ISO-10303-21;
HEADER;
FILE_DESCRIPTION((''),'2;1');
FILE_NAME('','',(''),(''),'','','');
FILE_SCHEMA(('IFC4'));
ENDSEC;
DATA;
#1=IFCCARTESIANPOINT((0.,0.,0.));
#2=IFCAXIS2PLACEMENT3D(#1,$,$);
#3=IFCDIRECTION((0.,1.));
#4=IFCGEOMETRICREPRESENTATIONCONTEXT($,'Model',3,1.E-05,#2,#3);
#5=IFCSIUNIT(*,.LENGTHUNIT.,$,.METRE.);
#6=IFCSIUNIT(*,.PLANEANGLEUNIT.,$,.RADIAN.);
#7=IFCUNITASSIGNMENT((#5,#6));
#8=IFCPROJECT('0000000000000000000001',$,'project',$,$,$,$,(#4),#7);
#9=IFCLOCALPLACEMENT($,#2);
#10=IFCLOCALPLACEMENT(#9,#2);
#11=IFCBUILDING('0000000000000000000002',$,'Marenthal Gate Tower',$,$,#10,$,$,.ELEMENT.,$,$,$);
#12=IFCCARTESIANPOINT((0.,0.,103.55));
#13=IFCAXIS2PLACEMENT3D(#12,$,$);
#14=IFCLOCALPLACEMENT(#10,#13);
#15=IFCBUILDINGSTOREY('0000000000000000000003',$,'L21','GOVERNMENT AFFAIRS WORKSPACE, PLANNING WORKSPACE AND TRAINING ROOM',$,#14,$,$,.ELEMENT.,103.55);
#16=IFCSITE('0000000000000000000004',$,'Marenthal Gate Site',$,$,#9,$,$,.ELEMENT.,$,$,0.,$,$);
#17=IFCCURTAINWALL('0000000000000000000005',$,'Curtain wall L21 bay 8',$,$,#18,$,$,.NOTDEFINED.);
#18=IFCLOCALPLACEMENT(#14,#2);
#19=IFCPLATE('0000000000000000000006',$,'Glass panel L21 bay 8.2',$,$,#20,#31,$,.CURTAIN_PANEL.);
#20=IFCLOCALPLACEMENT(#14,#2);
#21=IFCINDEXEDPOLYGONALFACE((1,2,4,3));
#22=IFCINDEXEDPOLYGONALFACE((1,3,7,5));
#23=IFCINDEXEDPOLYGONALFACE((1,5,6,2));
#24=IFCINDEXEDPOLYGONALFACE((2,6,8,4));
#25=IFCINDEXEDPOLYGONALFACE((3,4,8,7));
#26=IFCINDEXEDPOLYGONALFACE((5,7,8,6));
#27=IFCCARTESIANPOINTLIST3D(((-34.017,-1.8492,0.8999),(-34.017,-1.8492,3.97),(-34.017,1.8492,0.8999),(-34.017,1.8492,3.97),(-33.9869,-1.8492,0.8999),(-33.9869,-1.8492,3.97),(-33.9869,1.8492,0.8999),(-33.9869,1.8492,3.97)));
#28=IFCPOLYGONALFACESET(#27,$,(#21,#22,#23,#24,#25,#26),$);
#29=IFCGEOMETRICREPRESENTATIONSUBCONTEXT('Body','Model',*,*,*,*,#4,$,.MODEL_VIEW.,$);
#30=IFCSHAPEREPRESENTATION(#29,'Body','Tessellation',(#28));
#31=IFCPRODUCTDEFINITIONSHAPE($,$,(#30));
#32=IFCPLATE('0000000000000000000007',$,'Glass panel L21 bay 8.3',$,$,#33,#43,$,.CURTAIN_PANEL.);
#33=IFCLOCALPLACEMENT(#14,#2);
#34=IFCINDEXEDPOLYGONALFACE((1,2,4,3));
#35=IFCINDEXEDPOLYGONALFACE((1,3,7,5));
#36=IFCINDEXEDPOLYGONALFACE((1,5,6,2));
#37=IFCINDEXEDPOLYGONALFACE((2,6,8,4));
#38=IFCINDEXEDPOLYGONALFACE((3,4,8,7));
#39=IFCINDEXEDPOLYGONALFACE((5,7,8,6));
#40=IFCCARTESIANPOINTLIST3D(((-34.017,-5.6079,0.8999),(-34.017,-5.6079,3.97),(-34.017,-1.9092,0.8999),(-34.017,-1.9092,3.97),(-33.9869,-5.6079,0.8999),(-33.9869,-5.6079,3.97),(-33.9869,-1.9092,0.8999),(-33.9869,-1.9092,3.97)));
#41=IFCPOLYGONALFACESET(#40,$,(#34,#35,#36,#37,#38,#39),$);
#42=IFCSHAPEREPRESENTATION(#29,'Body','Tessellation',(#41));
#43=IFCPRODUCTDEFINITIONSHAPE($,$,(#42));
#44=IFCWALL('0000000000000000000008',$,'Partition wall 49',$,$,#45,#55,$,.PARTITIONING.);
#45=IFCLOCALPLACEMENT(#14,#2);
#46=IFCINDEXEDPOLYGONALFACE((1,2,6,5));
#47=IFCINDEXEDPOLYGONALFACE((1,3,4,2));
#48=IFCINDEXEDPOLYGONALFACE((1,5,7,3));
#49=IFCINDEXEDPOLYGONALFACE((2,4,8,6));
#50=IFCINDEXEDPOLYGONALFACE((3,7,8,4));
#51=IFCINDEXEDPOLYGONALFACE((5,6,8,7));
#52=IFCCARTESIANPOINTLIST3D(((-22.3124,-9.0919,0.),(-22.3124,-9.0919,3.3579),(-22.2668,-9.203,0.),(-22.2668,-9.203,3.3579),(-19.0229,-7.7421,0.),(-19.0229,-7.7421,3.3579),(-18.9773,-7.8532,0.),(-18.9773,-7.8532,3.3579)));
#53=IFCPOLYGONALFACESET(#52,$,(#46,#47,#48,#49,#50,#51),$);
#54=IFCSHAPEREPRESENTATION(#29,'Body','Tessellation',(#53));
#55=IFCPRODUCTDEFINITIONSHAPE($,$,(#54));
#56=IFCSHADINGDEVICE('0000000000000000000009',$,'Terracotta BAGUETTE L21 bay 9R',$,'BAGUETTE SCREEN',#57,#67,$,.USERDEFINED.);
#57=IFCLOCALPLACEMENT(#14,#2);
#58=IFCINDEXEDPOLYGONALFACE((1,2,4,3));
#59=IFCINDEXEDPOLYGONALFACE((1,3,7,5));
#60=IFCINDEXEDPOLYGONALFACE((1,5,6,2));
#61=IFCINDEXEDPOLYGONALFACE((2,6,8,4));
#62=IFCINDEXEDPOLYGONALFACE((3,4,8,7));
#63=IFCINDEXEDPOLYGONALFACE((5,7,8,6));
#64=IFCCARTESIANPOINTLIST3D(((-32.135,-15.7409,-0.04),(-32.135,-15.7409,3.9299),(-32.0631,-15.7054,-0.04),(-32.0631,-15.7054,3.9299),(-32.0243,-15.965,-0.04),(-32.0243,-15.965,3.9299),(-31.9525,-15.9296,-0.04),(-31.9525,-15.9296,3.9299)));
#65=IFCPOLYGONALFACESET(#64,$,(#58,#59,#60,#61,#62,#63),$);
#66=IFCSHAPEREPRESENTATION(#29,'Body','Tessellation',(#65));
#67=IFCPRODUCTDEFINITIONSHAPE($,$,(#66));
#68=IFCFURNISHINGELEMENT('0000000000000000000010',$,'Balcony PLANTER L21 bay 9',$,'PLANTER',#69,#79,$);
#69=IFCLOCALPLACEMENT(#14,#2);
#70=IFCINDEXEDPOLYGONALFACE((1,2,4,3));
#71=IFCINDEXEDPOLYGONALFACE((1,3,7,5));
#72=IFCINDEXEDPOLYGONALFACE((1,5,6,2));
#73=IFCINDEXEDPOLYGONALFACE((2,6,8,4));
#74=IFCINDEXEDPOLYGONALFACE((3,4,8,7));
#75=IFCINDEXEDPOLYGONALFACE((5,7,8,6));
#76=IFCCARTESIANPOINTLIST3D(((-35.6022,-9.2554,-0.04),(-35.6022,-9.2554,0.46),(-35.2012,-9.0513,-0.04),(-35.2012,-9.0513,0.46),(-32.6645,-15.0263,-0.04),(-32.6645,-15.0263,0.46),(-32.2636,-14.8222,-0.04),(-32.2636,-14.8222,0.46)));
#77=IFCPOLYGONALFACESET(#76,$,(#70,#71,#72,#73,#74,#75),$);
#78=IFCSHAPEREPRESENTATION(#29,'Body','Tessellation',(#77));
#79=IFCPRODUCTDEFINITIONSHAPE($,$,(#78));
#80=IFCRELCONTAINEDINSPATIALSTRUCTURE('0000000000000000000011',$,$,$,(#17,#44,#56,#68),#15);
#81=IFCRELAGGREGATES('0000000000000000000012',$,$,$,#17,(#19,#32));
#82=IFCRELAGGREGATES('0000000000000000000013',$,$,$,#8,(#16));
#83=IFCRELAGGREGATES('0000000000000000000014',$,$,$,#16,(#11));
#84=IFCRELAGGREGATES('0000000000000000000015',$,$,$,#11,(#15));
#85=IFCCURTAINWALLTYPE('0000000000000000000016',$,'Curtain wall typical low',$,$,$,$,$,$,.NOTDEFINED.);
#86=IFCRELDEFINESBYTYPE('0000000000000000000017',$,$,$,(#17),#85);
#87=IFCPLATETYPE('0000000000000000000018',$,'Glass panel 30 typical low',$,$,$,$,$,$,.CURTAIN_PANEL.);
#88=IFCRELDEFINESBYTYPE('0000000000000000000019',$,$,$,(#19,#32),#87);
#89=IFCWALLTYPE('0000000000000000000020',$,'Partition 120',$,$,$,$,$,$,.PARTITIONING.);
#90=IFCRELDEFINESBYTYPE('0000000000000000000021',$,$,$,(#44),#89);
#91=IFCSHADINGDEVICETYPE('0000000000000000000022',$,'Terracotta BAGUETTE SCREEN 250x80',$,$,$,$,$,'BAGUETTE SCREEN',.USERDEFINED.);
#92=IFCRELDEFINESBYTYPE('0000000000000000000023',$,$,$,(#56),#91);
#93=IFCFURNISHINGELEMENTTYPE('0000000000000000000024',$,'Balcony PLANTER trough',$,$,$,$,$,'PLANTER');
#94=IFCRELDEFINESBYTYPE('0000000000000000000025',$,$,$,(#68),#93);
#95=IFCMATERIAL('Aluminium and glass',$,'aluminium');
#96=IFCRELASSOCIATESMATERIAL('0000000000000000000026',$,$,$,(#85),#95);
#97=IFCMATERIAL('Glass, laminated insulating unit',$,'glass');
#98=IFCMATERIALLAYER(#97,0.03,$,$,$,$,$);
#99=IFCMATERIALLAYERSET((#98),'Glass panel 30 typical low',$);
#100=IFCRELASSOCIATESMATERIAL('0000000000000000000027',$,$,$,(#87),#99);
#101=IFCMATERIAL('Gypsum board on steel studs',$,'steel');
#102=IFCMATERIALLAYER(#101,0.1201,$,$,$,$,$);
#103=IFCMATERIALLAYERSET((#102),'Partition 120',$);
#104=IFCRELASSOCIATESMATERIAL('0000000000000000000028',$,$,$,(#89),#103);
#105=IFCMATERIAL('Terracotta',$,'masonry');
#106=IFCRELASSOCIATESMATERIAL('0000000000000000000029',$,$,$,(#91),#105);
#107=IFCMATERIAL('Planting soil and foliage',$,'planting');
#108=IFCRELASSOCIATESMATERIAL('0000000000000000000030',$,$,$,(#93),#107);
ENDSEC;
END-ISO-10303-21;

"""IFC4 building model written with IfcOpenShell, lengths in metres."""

from ifc_helpers import new_model, si_unit, direction, frame, frame_2d, origin, origin_2d, place, context, subcontext, project, spatial, rectangle, extrude, material, layer, layer_set, material_profile, profile_set, type_object, element, aggregate, save


model = new_model("IFC4")

# Units and contexts
model_context = context("Model", 3, precision=1e-05, world=origin(), true_north=direction((0.0, 1.0)))
body_context = subcontext(model_context, "Body", "Model", "MODEL_VIEW")
ifc_project = project(units=[si_unit("LENGTHUNIT", "METRE"), si_unit("PLANEANGLEUNIT", "RADIAN")], contexts=[model_context])

# Site, building, storey
site_placement = place(None, origin())
site = spatial("IfcSite", under=ifc_project, at=site_placement, Name="Marenthal Gate Site", CompositionType="ELEMENT", RefElevation=0.0)
building_placement = place(site_placement, origin())
building = spatial("IfcBuilding", under=site, at=building_placement, Name="Marenthal Gate Tower", CompositionType="ELEMENT")
storey_placement = place(building_placement, frame((0.0, 0.0, 103.55)))
storey = spatial("IfcBuildingStorey", under=building, at=storey_placement, Name="L21", Description="GOVERNMENT AFFAIRS WORKSPACE, PLANNING WORKSPACE AND TRAINING ROOM", CompositionType="ELEMENT", Elevation=103.55)

# Curtain wall
ifc_material_1 = material(Name="Aluminium and glass", Category="aluminium")
curtain_wall_type = type_object("IfcCurtainWallType", Name="Curtain wall typical low", PredefinedType="NOTDEFINED", material=ifc_material_1)
curtain_wall_placement = place(storey_placement, origin())
curtain_wall = element("IfcCurtainWall", 1, at=curtain_wall_placement, inside=storey, type_object=curtain_wall_type, Name="Curtain wall L21 bay 8", PredefinedType="NOTDEFINED")

# Plates
ifc_material_2 = material(Name="Glass, laminated insulating unit", Category="glass")
ifc_layer_1 = layer(ifc_material_2, 0.03)
ifc_layer_set_1 = layer_set([ifc_layer_1], Name="Glass panel 30 typical low")
plate_type = type_object("IfcPlateType", Name="Glass panel 30 typical low", PredefinedType="CURTAIN_PANEL", material=ifc_layer_set_1)
plate_1_placement = place(storey_placement, frame((-34.002, 0.0, 0.8999), z_axis=(0.0, 0.0, 1.0), x_axis=(0.0, -1.0, 0.0)))
plate_1 = element("IfcPlate", 2, at=plate_1_placement, type_object=plate_type, Name="Glass panel L21 bay 8.2", PredefinedType="CURTAIN_PANEL", context=body_context, shape_type="SweptSolid", body=[
    extrude(rectangle(XDim=3.6985, YDim=0.03, at=origin_2d()), origin(), (0.0, 0.0, 1.0), 3.0701),
])
plate_2_placement = place(storey_placement, frame((-34.002, -3.7585, 0.8999), z_axis=(0.0, 0.0, 1.0), x_axis=(0.0, -1.0, 0.0)))
plate_2 = element("IfcPlate", 3, at=plate_2_placement, type_object=plate_type, Name="Glass panel L21 bay 8.3", PredefinedType="CURTAIN_PANEL", context=body_context, shape_type="SweptSolid", body=[
    extrude(rectangle(XDim=3.6987, YDim=0.03, at=origin_2d()), origin(), (0.0, 0.0, 1.0), 3.0701),
])
aggregate(curtain_wall, [plate_1, plate_2])

# Wall
ifc_material_3 = material(Name="Gypsum board on steel studs", Category="steel")
ifc_layer_2 = layer(ifc_material_3, 0.1201)
ifc_layer_set_2 = layer_set([ifc_layer_2], Name="Partition 120")
wall_type_1 = type_object("IfcWallType", Name="Partition 120", PredefinedType="PARTITIONING", material=ifc_layer_set_2)
wall_1_placement = place(storey_placement, frame((-22.2896, -9.1475, 0.0), z_axis=(0.0, 0.0, 1.0), x_axis=(0.92514, 0.379627, 0.0)))
element("IfcWall", 4, at=wall_1_placement, inside=storey, type_object=wall_type_1, Name="Partition wall 49", PredefinedType="PARTITIONING", context=body_context, shape_type="SweptSolid", body=[
    extrude(rectangle(XDim=3.5557, YDim=0.1201, at=frame_2d((1.7778, 0.0))), origin(), (0.0, 0.0, 1.0), 3.3579),
])

# Shading device
ifc_material_4 = material(Name="Terracotta", Category="masonry")
ifc_material_profile_1 = material_profile(ifc_material_4, rectangle(XDim=0.25, YDim=0.0801, at=origin_2d()), Name="Terracotta baguette 250x80")
ifc_profile_set_1 = profile_set([ifc_material_profile_1], Name="Terracotta")
shading_device_type = type_object("IfcShadingDeviceType", Name="Terracotta BAGUETTE SCREEN 250x80", ElementType="BAGUETTE SCREEN", PredefinedType="USERDEFINED", material=ifc_profile_set_1)
shading_device_placement = place(storey_placement, frame((-32.0437, -15.8352, -0.04), z_axis=(0.0, 0.0, 1.0), x_axis=(0.44279, -0.896625, 0.0)))
element("IfcShadingDevice", 5, at=shading_device_placement, inside=storey, type_object=shading_device_type, Name="Terracotta BAGUETTE L21 bay 9R", ObjectType="BAGUETTE SCREEN", PredefinedType="USERDEFINED", context=body_context, shape_type="SweptSolid", body=[
    extrude(rectangle(XDim=0.25, YDim=0.0801, at=origin_2d()), origin(), (0.0, 0.0, 1.0), 3.97),
])

# Furnishing element
ifc_material_5 = material(Name="Planting soil and foliage", Category="planting")
furnishing_element_type = type_object("IfcFurnishingElementType", Name="Balcony PLANTER trough", ElementType="PLANTER", material=ifc_material_5)
furnishing_placement = place(storey_placement, frame((-33.9329, -12.0388, -0.04), z_axis=(0.0, 0.0, 1.0), x_axis=(0.453646, -0.891182, 0.0)))
element("IfcFurnishingElement", 6, at=furnishing_placement, inside=storey, type_object=furnishing_element_type, Name="Balcony PLANTER L21 bay 9", ObjectType="PLANTER", context=body_context, shape_type="SweptSolid", body=[
    extrude(rectangle(XDim=6.4756, YDim=0.45, at=origin_2d()), origin(), (0.0, 0.0, 1.0), 0.5),
])

save(model, "model.ifc")
